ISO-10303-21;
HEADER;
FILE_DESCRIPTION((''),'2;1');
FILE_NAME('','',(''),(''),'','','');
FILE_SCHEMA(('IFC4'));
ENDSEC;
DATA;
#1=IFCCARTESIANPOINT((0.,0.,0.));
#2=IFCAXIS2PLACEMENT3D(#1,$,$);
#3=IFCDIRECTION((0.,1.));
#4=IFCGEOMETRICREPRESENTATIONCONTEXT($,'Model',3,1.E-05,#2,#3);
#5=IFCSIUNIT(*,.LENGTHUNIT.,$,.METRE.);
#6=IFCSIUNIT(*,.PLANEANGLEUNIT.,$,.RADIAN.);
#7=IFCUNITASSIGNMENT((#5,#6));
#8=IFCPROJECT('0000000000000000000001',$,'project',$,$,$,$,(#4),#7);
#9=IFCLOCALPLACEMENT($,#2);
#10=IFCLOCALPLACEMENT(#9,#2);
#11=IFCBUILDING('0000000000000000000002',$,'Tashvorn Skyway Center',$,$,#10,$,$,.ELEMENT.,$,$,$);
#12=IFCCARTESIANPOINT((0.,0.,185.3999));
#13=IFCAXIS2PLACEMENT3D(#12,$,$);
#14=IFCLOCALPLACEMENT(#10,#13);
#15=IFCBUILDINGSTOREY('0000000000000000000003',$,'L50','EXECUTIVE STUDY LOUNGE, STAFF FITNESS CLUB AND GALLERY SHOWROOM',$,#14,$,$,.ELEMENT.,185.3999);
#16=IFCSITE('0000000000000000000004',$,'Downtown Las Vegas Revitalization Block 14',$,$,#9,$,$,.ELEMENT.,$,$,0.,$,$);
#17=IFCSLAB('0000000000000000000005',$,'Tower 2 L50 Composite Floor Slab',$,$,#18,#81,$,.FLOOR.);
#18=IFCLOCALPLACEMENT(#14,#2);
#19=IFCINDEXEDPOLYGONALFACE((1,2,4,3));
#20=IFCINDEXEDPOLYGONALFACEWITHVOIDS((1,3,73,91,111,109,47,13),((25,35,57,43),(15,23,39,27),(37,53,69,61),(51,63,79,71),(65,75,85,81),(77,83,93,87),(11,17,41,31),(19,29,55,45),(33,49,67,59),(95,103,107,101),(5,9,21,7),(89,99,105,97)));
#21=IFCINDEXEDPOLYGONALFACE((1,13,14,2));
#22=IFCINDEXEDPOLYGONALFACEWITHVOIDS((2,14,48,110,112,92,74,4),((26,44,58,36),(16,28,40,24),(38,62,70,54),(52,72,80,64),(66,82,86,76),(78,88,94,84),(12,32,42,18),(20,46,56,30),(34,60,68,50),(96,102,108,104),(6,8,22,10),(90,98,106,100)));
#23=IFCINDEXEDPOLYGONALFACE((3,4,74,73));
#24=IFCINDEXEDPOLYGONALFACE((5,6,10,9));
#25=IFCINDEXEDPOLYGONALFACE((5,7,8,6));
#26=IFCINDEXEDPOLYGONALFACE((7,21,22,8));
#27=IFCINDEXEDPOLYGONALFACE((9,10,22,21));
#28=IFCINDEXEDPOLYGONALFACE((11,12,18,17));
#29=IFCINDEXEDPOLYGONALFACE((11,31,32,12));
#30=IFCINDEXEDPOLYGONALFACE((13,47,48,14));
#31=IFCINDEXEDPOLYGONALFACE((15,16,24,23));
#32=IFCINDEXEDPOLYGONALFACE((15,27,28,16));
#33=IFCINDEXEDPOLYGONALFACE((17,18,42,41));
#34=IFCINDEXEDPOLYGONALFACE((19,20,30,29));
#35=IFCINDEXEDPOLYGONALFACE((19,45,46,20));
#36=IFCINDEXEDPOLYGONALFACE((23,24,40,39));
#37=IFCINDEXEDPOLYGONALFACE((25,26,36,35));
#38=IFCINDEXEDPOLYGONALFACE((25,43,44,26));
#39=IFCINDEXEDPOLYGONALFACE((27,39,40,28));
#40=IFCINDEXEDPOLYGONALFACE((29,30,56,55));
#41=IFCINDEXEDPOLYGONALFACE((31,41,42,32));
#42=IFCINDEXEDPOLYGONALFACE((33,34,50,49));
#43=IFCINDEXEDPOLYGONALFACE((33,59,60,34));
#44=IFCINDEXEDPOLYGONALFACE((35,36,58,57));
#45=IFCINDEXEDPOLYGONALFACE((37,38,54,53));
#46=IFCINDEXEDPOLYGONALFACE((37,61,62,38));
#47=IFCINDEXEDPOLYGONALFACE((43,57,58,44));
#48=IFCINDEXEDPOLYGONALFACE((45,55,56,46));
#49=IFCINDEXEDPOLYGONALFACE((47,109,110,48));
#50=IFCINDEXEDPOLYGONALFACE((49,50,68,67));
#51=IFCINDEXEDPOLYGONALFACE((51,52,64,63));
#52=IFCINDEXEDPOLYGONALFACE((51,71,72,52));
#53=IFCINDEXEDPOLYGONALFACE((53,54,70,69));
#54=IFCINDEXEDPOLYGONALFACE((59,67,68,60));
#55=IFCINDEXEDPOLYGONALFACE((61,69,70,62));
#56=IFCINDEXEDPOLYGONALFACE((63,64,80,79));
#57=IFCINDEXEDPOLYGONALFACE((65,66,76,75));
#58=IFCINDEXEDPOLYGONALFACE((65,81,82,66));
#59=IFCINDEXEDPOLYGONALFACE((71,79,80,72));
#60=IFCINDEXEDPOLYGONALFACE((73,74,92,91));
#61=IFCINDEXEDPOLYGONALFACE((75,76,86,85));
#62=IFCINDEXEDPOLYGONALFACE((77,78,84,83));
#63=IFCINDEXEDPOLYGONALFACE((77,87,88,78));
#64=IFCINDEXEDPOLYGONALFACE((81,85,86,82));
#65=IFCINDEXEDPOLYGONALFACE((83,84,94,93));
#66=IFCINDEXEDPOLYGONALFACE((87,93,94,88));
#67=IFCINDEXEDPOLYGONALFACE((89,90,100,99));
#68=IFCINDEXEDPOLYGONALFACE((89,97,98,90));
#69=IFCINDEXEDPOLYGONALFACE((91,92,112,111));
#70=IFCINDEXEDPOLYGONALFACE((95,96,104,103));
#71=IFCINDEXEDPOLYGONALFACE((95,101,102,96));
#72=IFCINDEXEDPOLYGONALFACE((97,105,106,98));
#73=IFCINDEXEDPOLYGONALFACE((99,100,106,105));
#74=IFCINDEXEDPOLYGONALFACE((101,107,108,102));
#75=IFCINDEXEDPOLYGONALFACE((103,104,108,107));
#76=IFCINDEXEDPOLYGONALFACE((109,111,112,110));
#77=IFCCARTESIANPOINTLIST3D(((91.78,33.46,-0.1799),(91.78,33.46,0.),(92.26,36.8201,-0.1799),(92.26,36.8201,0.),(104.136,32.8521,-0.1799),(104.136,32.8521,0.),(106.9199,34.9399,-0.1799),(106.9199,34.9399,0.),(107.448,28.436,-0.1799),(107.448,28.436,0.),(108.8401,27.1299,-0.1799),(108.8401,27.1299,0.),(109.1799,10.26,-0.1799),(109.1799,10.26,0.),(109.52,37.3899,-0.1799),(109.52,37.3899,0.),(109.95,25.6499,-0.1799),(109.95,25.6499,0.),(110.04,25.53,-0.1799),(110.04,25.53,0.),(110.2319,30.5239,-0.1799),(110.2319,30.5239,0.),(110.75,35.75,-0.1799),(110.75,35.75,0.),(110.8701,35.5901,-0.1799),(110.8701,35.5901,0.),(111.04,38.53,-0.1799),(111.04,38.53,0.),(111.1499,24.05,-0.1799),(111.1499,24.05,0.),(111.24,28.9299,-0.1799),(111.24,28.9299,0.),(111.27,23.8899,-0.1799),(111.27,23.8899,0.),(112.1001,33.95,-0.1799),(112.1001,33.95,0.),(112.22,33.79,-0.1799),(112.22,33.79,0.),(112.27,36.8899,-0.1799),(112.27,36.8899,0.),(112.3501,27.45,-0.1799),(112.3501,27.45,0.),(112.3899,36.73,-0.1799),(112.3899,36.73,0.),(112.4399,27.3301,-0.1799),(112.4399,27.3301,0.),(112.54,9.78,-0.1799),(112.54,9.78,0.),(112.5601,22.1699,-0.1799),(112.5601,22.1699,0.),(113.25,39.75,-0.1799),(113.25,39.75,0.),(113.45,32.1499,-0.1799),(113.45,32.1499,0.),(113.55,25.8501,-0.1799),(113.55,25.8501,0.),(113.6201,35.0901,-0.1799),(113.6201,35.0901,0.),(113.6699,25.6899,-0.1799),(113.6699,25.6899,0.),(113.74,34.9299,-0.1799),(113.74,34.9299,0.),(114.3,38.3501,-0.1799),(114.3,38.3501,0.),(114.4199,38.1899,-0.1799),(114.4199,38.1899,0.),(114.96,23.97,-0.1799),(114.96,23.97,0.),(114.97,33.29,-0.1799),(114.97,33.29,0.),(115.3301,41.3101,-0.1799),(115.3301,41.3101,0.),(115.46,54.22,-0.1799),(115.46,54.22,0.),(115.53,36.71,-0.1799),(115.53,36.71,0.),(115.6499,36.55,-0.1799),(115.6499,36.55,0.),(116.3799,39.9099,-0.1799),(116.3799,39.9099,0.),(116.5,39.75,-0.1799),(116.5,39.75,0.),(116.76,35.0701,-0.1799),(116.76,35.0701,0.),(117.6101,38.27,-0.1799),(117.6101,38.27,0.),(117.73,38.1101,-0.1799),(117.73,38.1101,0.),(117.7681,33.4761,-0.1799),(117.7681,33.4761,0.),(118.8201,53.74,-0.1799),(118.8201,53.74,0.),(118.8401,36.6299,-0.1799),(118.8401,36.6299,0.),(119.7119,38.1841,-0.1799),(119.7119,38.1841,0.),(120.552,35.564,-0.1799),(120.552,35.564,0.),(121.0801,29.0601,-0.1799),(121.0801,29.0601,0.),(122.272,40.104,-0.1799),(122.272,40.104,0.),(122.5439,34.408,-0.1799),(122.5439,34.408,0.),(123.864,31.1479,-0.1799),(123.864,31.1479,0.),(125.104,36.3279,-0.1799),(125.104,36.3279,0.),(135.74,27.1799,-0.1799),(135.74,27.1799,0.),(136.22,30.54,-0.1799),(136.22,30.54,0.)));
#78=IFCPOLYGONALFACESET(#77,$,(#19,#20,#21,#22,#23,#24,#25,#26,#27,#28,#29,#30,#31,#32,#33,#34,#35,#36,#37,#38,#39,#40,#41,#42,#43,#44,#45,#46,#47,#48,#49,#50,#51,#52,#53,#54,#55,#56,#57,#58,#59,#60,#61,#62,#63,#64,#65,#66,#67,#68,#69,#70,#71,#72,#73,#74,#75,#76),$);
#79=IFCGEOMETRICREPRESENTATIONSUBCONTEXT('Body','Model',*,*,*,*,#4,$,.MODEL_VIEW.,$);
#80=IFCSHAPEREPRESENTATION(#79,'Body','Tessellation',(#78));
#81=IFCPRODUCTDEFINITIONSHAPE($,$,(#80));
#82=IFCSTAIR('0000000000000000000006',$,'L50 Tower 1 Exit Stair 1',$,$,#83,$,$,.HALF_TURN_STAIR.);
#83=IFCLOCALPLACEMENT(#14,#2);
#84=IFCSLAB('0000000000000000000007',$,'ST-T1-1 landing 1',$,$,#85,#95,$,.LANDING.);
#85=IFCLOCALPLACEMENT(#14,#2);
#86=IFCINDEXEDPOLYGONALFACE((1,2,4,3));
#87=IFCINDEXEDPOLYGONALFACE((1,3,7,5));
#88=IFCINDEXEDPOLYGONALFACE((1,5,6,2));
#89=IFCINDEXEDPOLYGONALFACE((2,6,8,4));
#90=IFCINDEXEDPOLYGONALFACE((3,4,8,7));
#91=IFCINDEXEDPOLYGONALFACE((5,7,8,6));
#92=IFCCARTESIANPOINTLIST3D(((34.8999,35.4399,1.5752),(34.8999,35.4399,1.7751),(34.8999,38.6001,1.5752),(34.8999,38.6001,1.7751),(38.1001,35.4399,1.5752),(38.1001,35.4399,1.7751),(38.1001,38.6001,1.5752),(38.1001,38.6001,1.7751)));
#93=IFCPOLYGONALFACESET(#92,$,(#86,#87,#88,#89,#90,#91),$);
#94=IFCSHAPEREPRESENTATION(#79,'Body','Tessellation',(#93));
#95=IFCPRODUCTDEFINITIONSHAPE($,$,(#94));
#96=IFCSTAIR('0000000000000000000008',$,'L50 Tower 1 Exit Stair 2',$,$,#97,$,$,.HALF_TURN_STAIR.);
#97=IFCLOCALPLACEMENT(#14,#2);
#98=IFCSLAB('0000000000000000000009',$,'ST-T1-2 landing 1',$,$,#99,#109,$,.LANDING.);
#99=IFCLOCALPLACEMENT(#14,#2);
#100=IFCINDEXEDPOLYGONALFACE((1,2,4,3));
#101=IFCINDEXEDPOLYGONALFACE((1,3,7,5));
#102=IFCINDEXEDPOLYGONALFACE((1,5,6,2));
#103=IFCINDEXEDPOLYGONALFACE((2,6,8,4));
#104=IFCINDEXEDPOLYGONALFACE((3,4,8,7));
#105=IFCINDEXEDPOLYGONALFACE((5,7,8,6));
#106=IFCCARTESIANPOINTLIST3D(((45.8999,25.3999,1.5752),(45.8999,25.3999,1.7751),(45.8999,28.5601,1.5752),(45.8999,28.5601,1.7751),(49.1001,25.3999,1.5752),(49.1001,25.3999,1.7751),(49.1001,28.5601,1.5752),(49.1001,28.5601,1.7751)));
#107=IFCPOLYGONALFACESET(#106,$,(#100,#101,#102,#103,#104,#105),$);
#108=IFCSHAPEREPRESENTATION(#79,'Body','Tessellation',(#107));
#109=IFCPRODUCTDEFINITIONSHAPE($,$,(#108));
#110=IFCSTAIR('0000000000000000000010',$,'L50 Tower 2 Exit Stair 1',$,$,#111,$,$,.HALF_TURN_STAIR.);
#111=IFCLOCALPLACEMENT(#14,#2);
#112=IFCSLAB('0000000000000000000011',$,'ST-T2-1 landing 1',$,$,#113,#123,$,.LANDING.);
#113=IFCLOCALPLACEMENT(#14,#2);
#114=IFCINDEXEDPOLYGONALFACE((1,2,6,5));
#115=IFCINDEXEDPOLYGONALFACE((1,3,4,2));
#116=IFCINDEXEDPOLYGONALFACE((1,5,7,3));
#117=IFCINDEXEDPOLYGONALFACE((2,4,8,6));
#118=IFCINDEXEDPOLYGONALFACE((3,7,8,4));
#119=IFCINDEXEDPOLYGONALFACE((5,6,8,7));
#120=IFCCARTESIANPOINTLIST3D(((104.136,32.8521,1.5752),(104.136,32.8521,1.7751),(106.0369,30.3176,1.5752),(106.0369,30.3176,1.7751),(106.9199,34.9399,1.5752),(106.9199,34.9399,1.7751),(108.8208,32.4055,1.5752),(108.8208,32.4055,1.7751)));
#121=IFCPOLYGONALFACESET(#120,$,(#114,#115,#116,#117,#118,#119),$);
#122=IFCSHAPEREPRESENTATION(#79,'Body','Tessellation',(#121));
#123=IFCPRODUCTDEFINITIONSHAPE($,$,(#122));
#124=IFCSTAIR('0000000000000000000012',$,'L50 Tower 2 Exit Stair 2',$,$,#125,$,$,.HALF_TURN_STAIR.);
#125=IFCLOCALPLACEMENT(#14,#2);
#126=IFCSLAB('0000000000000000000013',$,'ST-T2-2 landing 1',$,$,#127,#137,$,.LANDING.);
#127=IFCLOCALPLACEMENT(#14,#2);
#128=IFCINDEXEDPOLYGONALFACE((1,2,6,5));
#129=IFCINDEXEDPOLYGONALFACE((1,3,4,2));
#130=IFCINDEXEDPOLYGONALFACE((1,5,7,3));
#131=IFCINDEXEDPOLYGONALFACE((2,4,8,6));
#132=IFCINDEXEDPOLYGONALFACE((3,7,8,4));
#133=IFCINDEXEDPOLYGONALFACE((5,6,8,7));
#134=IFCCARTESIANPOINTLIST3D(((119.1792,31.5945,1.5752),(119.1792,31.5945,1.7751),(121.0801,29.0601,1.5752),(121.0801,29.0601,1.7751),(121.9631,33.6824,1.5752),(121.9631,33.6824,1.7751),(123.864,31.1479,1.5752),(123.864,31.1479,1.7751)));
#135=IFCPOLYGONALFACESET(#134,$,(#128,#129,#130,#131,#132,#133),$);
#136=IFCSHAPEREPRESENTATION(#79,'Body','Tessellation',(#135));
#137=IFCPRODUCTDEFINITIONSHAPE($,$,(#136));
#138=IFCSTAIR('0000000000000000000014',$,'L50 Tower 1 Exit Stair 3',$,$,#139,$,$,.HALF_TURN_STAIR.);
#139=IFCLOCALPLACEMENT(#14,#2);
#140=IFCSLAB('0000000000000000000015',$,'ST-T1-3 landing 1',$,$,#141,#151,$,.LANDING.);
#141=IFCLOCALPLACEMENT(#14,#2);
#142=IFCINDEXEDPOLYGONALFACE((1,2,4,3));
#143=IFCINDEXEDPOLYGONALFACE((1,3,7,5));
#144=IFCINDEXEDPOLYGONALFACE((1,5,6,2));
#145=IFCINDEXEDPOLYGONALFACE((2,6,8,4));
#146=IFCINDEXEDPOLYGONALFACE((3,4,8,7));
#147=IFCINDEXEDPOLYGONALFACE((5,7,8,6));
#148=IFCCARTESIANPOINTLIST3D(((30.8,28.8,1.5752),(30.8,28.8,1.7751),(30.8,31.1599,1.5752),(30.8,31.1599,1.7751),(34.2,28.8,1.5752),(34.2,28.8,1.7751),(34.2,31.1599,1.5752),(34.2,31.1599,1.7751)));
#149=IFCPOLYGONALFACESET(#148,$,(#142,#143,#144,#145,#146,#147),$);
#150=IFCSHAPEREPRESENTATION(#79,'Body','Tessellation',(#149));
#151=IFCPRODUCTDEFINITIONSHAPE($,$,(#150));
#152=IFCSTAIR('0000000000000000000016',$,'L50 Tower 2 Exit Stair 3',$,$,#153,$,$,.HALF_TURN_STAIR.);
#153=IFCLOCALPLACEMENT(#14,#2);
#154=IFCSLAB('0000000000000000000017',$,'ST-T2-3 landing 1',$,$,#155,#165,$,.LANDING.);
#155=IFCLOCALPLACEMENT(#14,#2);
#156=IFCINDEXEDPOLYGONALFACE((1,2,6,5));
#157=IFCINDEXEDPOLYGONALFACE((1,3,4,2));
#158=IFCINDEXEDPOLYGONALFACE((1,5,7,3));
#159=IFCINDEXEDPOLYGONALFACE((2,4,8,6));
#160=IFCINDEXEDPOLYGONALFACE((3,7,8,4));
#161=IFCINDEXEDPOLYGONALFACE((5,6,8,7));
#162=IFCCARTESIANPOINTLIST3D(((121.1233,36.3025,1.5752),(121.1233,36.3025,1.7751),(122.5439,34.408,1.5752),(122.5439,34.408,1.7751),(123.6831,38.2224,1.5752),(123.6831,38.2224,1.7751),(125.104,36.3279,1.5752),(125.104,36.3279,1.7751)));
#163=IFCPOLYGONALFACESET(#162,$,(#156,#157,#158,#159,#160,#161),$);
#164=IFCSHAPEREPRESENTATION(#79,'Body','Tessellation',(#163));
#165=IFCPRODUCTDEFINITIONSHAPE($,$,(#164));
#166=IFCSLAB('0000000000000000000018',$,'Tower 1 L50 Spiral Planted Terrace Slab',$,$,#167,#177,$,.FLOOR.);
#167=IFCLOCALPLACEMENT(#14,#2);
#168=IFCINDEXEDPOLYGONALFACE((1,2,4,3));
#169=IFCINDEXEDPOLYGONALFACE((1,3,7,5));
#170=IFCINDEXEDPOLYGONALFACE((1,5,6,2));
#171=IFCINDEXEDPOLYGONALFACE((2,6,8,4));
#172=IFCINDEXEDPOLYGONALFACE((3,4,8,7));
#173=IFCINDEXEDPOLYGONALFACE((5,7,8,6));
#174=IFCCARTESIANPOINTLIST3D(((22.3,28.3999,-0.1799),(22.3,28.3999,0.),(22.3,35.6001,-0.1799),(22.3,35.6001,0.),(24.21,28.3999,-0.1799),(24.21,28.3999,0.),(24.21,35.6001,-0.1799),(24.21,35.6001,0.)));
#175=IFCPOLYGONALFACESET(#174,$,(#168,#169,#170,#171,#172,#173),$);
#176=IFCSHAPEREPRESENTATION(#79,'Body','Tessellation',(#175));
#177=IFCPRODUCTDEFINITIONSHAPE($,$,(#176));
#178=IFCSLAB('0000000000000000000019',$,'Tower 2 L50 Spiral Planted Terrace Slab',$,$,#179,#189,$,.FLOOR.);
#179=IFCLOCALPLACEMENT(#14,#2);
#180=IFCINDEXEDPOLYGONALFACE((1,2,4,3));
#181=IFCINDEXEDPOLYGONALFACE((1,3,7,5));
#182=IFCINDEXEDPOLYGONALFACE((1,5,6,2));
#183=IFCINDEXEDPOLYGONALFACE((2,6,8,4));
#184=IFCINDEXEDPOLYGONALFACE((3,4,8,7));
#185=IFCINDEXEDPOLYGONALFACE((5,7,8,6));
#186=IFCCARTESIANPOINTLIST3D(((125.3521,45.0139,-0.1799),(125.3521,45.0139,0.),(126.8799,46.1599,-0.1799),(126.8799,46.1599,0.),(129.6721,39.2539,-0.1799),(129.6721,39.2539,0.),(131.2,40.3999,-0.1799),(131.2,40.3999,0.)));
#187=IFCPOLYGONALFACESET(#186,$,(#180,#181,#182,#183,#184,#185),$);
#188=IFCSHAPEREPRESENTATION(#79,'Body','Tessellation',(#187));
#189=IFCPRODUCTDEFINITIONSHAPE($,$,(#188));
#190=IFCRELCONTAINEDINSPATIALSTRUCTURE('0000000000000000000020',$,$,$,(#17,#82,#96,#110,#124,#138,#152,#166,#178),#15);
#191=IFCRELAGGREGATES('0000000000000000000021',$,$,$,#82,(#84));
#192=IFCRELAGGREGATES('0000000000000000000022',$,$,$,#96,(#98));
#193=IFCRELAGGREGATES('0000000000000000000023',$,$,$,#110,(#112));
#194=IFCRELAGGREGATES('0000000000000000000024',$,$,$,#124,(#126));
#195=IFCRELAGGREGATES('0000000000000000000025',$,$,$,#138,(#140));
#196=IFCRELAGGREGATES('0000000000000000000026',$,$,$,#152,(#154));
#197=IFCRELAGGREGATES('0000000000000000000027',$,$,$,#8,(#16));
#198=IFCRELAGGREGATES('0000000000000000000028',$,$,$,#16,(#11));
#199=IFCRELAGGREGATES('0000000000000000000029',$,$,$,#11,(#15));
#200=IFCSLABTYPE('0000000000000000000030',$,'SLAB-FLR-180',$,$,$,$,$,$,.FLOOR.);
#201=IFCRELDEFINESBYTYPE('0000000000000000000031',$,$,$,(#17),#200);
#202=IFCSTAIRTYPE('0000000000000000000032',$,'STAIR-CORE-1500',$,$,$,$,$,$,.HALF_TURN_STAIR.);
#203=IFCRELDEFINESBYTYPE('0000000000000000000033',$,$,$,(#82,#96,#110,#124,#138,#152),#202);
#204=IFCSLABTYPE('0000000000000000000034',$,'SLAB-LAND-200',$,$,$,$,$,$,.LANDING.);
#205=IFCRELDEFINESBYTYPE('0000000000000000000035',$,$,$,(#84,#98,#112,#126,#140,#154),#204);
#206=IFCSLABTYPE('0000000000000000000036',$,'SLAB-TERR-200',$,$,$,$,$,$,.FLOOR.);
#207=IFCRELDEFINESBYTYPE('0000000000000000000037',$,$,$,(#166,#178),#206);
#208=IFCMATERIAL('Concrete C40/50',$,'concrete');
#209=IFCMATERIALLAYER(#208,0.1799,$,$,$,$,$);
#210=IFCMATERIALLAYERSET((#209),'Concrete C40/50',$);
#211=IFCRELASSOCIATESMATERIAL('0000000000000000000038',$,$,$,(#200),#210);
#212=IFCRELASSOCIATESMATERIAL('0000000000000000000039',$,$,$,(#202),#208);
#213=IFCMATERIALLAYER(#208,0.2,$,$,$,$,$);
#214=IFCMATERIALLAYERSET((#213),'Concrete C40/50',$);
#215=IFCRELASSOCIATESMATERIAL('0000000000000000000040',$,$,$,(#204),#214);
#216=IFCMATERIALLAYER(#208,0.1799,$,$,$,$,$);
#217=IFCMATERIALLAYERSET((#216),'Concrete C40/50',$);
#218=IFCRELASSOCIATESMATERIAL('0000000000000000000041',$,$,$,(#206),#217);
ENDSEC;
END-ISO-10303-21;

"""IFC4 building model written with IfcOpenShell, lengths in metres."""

from ifc_helpers import new_model, si_unit, direction, frame, origin, place, context, subcontext, project, spatial, polyline, outline, extrude, material, layer, layer_set, type_object, element, aggregate, save


model = new_model("IFC4")

# Units and contexts
model_context = context("Model", 3, precision=1e-05, world=origin(), true_north=direction((0.0, 1.0)))
body_context = subcontext(model_context, "Body", "Model", "MODEL_VIEW")
ifc_project = project(units=[si_unit("LENGTHUNIT", "METRE"), si_unit("PLANEANGLEUNIT", "RADIAN")], contexts=[model_context])

# Site, building, storey
site_placement = place(None, origin())
site = spatial("IfcSite", under=ifc_project, at=site_placement, Name="Downtown Las Vegas Revitalization Block 14", CompositionType="ELEMENT", RefElevation=0.0)
building_placement = place(site_placement, origin())
building = spatial("IfcBuilding", under=site, at=building_placement, Name="Tashvorn Skyway Center", CompositionType="ELEMENT")
storey_placement = place(building_placement, frame((0.0, 0.0, 185.3999)))
storey = spatial("IfcBuildingStorey", under=building, at=storey_placement, Name="L50", Description="EXECUTIVE STUDY LOUNGE, STAFF FITNESS CLUB AND GALLERY SHOWROOM", CompositionType="ELEMENT", Elevation=185.3999)

# Slab
ifc_material_1 = material(Name="Concrete C40/50", Category="concrete")
ifc_layer_1 = layer(ifc_material_1, 0.1799)
ifc_layer_set_1 = layer_set([ifc_layer_1], Name="Concrete C40/50")
slab_type_1 = type_object("IfcSlabType", Name="SLAB-FLR-180", PredefinedType="FLOOR", material=ifc_layer_set_1)
slab_1_placement = place(storey_placement, frame((0.0, 0.0, -0.1799)))
element("IfcSlab", 1, at=slab_1_placement, inside=storey, type_object=slab_type_1, Name="Tower 2 L50 Composite Floor Slab", PredefinedType="FLOOR", context=body_context, shape_type="SweptSolid", body=[
    extrude(outline(polyline([(112.54, 9.78), (135.74, 27.1799), (136.22, 30.54), (118.8201, 53.74), (115.46, 54.22), (92.26, 36.8201), (91.78, 33.46), (109.1799, 10.26), (112.54, 9.78)]), holes=[polyline([(110.2319, 30.5239), (106.9199, 34.9399), (104.136, 32.8521), (107.448, 28.436), (110.2319, 30.5239)]), polyline([(117.7681, 33.4761), (121.0801, 29.0601), (123.864, 31.1479), (120.552, 35.564), (117.7681, 33.4761)]), polyline([(119.7119, 38.1841), (122.5439, 34.408), (125.104, 36.3279), (122.272, 40.104), (119.7119, 38.1841)]), polyline([(109.95, 25.6499), (112.3501, 27.45), (111.24, 28.9299), (108.8401, 27.1299), (109.95, 25.6499)]), polyline([(111.1499, 24.05), (113.55, 25.8501), (112.4399, 27.3301), (110.04, 25.53), (111.1499, 24.05)]), polyline([(112.5601, 22.1699), (114.96, 23.97), (113.6699, 25.6899), (111.27, 23.8899), (112.5601, 22.1699)]), polyline([(113.45, 32.1499), (114.97, 33.29), (113.74, 34.9299), (112.22, 33.79), (113.45, 32.1499)]), polyline([(112.1001, 33.95), (113.6201, 35.0901), (112.3899, 36.73), (110.8701, 35.5901), (112.1001, 33.95)]), polyline([(110.75, 35.75), (112.27, 36.8899), (111.04, 38.53), (109.52, 37.3899), (110.75, 35.75)]), polyline([(116.76, 35.0701), (118.8401, 36.6299), (117.73, 38.1101), (115.6499, 36.55), (116.76, 35.0701)]), polyline([(115.53, 36.71), (117.6101, 38.27), (116.5, 39.75), (114.4199, 38.1899), (115.53, 36.71)]), polyline([(114.3, 38.3501), (116.3799, 39.9099), (115.3301, 41.3101), (113.25, 39.75), (114.3, 38.3501)])]), origin(), (0.0, 0.0, 1.0), 0.1799),
])

# Stairs, slabs
stair_type = type_object("IfcStairType", Name="STAIR-CORE-1500", PredefinedType="HALF_TURN_STAIR", material=ifc_material_1)
stair_1_placement = place(storey_placement, origin())
stair_1 = element("IfcStair", 2, at=stair_1_placement, inside=storey, type_object=stair_type, Name="L50 Tower 1 Exit Stair 1", PredefinedType="HALF_TURN_STAIR")
ifc_layer_2 = layer(ifc_material_1, 0.2)
ifc_layer_set_2 = layer_set([ifc_layer_2], Name="Concrete C40/50")
slab_type_2 = type_object("IfcSlabType", Name="SLAB-LAND-200", PredefinedType="LANDING", material=ifc_layer_set_2)
slab_2_placement = place(storey_placement, frame((0.0, 0.0, 1.5752)))
slab_2 = element("IfcSlab", 3, at=slab_2_placement, type_object=slab_type_2, Name="ST-T1-1 landing 1", PredefinedType="LANDING", context=body_context, shape_type="SweptSolid", body=[
    extrude(outline(polyline([(38.1001, 35.4399), (38.1001, 38.6001), (34.8999, 38.6001), (34.8999, 35.4399), (38.1001, 35.4399)])), origin(), (0.0, 0.0, 1.0), 0.2),
])
aggregate(stair_1, [slab_2])
stair_2_placement = place(storey_placement, origin())
stair_2 = element("IfcStair", 4, at=stair_2_placement, inside=storey, type_object=stair_type, Name="L50 Tower 1 Exit Stair 2", PredefinedType="HALF_TURN_STAIR")
slab_3_placement = place(storey_placement, frame((0.0, 0.0, 1.5752)))
slab_3 = element("IfcSlab", 5, at=slab_3_placement, type_object=slab_type_2, Name="ST-T1-2 landing 1", PredefinedType="LANDING", context=body_context, shape_type="SweptSolid", body=[
    extrude(outline(polyline([(45.8999, 28.5601), (45.8999, 25.3999), (49.1001, 25.3999), (49.1001, 28.5601), (45.8999, 28.5601)])), origin(), (0.0, 0.0, 1.0), 0.2),
])
aggregate(stair_2, [slab_3])
stair_3_placement = place(storey_placement, origin())
stair_3 = element("IfcStair", 6, at=stair_3_placement, inside=storey, type_object=stair_type, Name="L50 Tower 2 Exit Stair 1", PredefinedType="HALF_TURN_STAIR")
slab_4_placement = place(storey_placement, frame((0.0, 0.0, 1.5752)))
slab_4 = element("IfcSlab", 7, at=slab_4_placement, type_object=slab_type_2, Name="ST-T2-1 landing 1", PredefinedType="LANDING", context=body_context, shape_type="SweptSolid", body=[
    extrude(outline(polyline([(108.8208, 32.4055), (106.9199, 34.9399), (104.136, 32.8521), (106.0369, 30.3176), (108.8208, 32.4055)])), origin(), (0.0, 0.0, 1.0), 0.2),
])
aggregate(stair_3, [slab_4])
stair_4_placement = place(storey_placement, origin())
stair_4 = element("IfcStair", 8, at=stair_4_placement, inside=storey, type_object=stair_type, Name="L50 Tower 2 Exit Stair 2", PredefinedType="HALF_TURN_STAIR")
slab_5_placement = place(storey_placement, frame((0.0, 0.0, 1.5752)))
slab_5 = element("IfcSlab", 9, at=slab_5_placement, type_object=slab_type_2, Name="ST-T2-2 landing 1", PredefinedType="LANDING", context=body_context, shape_type="SweptSolid", body=[
    extrude(outline(polyline([(119.1792, 31.5945), (121.0801, 29.0601), (123.864, 31.1479), (121.9631, 33.6824), (119.1792, 31.5945)])), origin(), (0.0, 0.0, 1.0), 0.2),
])
aggregate(stair_4, [slab_5])
stair_5_placement = place(storey_placement, origin())
stair_5 = element("IfcStair", 10, at=stair_5_placement, inside=storey, type_object=stair_type, Name="L50 Tower 1 Exit Stair 3", PredefinedType="HALF_TURN_STAIR")
slab_6_placement = place(storey_placement, frame((0.0, 0.0, 1.5752)))
slab_6 = element("IfcSlab", 11, at=slab_6_placement, type_object=slab_type_2, Name="ST-T1-3 landing 1", PredefinedType="LANDING", context=body_context, shape_type="SweptSolid", body=[
    extrude(outline(polyline([(30.8, 31.1599), (30.8, 28.8), (34.2, 28.8), (34.2, 31.1599), (30.8, 31.1599)])), origin(), (0.0, 0.0, 1.0), 0.2),
])
aggregate(stair_5, [slab_6])
stair_6_placement = place(storey_placement, origin())
stair_6 = element("IfcStair", 12, at=stair_6_placement, inside=storey, type_object=stair_type, Name="L50 Tower 2 Exit Stair 3", PredefinedType="HALF_TURN_STAIR")
slab_7_placement = place(storey_placement, frame((0.0, 0.0, 1.5752)))
slab_7 = element("IfcSlab", 13, at=slab_7_placement, type_object=slab_type_2, Name="ST-T2-3 landing 1", PredefinedType="LANDING", context=body_context, shape_type="SweptSolid", body=[
    extrude(outline(polyline([(121.1233, 36.3025), (122.5439, 34.408), (125.104, 36.3279), (123.6831, 38.2224), (121.1233, 36.3025)])), origin(), (0.0, 0.0, 1.0), 0.2),
])
aggregate(stair_6, [slab_7])

# Slabs
ifc_layer_3 = layer(ifc_material_1, 0.1799)
ifc_layer_set_3 = layer_set([ifc_layer_3], Name="Concrete C40/50")
slab_type_3 = type_object("IfcSlabType", Name="SLAB-TERR-200", PredefinedType="FLOOR", material=ifc_layer_set_3)
slab_8_placement = place(storey_placement, frame((0.0, 0.0, -0.1799)))
element("IfcSlab", 14, at=slab_8_placement, inside=storey, type_object=slab_type_3, Name="Tower 1 L50 Spiral Planted Terrace Slab", PredefinedType="FLOOR", context=body_context, shape_type="SweptSolid", body=[
    extrude(outline(polyline([(22.3, 28.3999), (24.21, 28.3999), (24.21, 35.6001), (22.3, 35.6001), (22.3, 28.3999)])), origin(), (0.0, 0.0, 1.0), 0.1799),
])
slab_9_placement = place(storey_placement, frame((0.0, 0.0, -0.1799)))
element("IfcSlab", 15, at=slab_9_placement, inside=storey, type_object=slab_type_3, Name="Tower 2 L50 Spiral Planted Terrace Slab", PredefinedType="FLOOR", context=body_context, shape_type="SweptSolid", body=[
    extrude(outline(polyline([(129.6721, 39.2539), (131.2, 40.3999), (126.8799, 46.1599), (125.3521, 45.0139), (129.6721, 39.2539)])), origin(), (0.0, 0.0, 1.0), 0.1799),
])

save(model, "model.ifc")
